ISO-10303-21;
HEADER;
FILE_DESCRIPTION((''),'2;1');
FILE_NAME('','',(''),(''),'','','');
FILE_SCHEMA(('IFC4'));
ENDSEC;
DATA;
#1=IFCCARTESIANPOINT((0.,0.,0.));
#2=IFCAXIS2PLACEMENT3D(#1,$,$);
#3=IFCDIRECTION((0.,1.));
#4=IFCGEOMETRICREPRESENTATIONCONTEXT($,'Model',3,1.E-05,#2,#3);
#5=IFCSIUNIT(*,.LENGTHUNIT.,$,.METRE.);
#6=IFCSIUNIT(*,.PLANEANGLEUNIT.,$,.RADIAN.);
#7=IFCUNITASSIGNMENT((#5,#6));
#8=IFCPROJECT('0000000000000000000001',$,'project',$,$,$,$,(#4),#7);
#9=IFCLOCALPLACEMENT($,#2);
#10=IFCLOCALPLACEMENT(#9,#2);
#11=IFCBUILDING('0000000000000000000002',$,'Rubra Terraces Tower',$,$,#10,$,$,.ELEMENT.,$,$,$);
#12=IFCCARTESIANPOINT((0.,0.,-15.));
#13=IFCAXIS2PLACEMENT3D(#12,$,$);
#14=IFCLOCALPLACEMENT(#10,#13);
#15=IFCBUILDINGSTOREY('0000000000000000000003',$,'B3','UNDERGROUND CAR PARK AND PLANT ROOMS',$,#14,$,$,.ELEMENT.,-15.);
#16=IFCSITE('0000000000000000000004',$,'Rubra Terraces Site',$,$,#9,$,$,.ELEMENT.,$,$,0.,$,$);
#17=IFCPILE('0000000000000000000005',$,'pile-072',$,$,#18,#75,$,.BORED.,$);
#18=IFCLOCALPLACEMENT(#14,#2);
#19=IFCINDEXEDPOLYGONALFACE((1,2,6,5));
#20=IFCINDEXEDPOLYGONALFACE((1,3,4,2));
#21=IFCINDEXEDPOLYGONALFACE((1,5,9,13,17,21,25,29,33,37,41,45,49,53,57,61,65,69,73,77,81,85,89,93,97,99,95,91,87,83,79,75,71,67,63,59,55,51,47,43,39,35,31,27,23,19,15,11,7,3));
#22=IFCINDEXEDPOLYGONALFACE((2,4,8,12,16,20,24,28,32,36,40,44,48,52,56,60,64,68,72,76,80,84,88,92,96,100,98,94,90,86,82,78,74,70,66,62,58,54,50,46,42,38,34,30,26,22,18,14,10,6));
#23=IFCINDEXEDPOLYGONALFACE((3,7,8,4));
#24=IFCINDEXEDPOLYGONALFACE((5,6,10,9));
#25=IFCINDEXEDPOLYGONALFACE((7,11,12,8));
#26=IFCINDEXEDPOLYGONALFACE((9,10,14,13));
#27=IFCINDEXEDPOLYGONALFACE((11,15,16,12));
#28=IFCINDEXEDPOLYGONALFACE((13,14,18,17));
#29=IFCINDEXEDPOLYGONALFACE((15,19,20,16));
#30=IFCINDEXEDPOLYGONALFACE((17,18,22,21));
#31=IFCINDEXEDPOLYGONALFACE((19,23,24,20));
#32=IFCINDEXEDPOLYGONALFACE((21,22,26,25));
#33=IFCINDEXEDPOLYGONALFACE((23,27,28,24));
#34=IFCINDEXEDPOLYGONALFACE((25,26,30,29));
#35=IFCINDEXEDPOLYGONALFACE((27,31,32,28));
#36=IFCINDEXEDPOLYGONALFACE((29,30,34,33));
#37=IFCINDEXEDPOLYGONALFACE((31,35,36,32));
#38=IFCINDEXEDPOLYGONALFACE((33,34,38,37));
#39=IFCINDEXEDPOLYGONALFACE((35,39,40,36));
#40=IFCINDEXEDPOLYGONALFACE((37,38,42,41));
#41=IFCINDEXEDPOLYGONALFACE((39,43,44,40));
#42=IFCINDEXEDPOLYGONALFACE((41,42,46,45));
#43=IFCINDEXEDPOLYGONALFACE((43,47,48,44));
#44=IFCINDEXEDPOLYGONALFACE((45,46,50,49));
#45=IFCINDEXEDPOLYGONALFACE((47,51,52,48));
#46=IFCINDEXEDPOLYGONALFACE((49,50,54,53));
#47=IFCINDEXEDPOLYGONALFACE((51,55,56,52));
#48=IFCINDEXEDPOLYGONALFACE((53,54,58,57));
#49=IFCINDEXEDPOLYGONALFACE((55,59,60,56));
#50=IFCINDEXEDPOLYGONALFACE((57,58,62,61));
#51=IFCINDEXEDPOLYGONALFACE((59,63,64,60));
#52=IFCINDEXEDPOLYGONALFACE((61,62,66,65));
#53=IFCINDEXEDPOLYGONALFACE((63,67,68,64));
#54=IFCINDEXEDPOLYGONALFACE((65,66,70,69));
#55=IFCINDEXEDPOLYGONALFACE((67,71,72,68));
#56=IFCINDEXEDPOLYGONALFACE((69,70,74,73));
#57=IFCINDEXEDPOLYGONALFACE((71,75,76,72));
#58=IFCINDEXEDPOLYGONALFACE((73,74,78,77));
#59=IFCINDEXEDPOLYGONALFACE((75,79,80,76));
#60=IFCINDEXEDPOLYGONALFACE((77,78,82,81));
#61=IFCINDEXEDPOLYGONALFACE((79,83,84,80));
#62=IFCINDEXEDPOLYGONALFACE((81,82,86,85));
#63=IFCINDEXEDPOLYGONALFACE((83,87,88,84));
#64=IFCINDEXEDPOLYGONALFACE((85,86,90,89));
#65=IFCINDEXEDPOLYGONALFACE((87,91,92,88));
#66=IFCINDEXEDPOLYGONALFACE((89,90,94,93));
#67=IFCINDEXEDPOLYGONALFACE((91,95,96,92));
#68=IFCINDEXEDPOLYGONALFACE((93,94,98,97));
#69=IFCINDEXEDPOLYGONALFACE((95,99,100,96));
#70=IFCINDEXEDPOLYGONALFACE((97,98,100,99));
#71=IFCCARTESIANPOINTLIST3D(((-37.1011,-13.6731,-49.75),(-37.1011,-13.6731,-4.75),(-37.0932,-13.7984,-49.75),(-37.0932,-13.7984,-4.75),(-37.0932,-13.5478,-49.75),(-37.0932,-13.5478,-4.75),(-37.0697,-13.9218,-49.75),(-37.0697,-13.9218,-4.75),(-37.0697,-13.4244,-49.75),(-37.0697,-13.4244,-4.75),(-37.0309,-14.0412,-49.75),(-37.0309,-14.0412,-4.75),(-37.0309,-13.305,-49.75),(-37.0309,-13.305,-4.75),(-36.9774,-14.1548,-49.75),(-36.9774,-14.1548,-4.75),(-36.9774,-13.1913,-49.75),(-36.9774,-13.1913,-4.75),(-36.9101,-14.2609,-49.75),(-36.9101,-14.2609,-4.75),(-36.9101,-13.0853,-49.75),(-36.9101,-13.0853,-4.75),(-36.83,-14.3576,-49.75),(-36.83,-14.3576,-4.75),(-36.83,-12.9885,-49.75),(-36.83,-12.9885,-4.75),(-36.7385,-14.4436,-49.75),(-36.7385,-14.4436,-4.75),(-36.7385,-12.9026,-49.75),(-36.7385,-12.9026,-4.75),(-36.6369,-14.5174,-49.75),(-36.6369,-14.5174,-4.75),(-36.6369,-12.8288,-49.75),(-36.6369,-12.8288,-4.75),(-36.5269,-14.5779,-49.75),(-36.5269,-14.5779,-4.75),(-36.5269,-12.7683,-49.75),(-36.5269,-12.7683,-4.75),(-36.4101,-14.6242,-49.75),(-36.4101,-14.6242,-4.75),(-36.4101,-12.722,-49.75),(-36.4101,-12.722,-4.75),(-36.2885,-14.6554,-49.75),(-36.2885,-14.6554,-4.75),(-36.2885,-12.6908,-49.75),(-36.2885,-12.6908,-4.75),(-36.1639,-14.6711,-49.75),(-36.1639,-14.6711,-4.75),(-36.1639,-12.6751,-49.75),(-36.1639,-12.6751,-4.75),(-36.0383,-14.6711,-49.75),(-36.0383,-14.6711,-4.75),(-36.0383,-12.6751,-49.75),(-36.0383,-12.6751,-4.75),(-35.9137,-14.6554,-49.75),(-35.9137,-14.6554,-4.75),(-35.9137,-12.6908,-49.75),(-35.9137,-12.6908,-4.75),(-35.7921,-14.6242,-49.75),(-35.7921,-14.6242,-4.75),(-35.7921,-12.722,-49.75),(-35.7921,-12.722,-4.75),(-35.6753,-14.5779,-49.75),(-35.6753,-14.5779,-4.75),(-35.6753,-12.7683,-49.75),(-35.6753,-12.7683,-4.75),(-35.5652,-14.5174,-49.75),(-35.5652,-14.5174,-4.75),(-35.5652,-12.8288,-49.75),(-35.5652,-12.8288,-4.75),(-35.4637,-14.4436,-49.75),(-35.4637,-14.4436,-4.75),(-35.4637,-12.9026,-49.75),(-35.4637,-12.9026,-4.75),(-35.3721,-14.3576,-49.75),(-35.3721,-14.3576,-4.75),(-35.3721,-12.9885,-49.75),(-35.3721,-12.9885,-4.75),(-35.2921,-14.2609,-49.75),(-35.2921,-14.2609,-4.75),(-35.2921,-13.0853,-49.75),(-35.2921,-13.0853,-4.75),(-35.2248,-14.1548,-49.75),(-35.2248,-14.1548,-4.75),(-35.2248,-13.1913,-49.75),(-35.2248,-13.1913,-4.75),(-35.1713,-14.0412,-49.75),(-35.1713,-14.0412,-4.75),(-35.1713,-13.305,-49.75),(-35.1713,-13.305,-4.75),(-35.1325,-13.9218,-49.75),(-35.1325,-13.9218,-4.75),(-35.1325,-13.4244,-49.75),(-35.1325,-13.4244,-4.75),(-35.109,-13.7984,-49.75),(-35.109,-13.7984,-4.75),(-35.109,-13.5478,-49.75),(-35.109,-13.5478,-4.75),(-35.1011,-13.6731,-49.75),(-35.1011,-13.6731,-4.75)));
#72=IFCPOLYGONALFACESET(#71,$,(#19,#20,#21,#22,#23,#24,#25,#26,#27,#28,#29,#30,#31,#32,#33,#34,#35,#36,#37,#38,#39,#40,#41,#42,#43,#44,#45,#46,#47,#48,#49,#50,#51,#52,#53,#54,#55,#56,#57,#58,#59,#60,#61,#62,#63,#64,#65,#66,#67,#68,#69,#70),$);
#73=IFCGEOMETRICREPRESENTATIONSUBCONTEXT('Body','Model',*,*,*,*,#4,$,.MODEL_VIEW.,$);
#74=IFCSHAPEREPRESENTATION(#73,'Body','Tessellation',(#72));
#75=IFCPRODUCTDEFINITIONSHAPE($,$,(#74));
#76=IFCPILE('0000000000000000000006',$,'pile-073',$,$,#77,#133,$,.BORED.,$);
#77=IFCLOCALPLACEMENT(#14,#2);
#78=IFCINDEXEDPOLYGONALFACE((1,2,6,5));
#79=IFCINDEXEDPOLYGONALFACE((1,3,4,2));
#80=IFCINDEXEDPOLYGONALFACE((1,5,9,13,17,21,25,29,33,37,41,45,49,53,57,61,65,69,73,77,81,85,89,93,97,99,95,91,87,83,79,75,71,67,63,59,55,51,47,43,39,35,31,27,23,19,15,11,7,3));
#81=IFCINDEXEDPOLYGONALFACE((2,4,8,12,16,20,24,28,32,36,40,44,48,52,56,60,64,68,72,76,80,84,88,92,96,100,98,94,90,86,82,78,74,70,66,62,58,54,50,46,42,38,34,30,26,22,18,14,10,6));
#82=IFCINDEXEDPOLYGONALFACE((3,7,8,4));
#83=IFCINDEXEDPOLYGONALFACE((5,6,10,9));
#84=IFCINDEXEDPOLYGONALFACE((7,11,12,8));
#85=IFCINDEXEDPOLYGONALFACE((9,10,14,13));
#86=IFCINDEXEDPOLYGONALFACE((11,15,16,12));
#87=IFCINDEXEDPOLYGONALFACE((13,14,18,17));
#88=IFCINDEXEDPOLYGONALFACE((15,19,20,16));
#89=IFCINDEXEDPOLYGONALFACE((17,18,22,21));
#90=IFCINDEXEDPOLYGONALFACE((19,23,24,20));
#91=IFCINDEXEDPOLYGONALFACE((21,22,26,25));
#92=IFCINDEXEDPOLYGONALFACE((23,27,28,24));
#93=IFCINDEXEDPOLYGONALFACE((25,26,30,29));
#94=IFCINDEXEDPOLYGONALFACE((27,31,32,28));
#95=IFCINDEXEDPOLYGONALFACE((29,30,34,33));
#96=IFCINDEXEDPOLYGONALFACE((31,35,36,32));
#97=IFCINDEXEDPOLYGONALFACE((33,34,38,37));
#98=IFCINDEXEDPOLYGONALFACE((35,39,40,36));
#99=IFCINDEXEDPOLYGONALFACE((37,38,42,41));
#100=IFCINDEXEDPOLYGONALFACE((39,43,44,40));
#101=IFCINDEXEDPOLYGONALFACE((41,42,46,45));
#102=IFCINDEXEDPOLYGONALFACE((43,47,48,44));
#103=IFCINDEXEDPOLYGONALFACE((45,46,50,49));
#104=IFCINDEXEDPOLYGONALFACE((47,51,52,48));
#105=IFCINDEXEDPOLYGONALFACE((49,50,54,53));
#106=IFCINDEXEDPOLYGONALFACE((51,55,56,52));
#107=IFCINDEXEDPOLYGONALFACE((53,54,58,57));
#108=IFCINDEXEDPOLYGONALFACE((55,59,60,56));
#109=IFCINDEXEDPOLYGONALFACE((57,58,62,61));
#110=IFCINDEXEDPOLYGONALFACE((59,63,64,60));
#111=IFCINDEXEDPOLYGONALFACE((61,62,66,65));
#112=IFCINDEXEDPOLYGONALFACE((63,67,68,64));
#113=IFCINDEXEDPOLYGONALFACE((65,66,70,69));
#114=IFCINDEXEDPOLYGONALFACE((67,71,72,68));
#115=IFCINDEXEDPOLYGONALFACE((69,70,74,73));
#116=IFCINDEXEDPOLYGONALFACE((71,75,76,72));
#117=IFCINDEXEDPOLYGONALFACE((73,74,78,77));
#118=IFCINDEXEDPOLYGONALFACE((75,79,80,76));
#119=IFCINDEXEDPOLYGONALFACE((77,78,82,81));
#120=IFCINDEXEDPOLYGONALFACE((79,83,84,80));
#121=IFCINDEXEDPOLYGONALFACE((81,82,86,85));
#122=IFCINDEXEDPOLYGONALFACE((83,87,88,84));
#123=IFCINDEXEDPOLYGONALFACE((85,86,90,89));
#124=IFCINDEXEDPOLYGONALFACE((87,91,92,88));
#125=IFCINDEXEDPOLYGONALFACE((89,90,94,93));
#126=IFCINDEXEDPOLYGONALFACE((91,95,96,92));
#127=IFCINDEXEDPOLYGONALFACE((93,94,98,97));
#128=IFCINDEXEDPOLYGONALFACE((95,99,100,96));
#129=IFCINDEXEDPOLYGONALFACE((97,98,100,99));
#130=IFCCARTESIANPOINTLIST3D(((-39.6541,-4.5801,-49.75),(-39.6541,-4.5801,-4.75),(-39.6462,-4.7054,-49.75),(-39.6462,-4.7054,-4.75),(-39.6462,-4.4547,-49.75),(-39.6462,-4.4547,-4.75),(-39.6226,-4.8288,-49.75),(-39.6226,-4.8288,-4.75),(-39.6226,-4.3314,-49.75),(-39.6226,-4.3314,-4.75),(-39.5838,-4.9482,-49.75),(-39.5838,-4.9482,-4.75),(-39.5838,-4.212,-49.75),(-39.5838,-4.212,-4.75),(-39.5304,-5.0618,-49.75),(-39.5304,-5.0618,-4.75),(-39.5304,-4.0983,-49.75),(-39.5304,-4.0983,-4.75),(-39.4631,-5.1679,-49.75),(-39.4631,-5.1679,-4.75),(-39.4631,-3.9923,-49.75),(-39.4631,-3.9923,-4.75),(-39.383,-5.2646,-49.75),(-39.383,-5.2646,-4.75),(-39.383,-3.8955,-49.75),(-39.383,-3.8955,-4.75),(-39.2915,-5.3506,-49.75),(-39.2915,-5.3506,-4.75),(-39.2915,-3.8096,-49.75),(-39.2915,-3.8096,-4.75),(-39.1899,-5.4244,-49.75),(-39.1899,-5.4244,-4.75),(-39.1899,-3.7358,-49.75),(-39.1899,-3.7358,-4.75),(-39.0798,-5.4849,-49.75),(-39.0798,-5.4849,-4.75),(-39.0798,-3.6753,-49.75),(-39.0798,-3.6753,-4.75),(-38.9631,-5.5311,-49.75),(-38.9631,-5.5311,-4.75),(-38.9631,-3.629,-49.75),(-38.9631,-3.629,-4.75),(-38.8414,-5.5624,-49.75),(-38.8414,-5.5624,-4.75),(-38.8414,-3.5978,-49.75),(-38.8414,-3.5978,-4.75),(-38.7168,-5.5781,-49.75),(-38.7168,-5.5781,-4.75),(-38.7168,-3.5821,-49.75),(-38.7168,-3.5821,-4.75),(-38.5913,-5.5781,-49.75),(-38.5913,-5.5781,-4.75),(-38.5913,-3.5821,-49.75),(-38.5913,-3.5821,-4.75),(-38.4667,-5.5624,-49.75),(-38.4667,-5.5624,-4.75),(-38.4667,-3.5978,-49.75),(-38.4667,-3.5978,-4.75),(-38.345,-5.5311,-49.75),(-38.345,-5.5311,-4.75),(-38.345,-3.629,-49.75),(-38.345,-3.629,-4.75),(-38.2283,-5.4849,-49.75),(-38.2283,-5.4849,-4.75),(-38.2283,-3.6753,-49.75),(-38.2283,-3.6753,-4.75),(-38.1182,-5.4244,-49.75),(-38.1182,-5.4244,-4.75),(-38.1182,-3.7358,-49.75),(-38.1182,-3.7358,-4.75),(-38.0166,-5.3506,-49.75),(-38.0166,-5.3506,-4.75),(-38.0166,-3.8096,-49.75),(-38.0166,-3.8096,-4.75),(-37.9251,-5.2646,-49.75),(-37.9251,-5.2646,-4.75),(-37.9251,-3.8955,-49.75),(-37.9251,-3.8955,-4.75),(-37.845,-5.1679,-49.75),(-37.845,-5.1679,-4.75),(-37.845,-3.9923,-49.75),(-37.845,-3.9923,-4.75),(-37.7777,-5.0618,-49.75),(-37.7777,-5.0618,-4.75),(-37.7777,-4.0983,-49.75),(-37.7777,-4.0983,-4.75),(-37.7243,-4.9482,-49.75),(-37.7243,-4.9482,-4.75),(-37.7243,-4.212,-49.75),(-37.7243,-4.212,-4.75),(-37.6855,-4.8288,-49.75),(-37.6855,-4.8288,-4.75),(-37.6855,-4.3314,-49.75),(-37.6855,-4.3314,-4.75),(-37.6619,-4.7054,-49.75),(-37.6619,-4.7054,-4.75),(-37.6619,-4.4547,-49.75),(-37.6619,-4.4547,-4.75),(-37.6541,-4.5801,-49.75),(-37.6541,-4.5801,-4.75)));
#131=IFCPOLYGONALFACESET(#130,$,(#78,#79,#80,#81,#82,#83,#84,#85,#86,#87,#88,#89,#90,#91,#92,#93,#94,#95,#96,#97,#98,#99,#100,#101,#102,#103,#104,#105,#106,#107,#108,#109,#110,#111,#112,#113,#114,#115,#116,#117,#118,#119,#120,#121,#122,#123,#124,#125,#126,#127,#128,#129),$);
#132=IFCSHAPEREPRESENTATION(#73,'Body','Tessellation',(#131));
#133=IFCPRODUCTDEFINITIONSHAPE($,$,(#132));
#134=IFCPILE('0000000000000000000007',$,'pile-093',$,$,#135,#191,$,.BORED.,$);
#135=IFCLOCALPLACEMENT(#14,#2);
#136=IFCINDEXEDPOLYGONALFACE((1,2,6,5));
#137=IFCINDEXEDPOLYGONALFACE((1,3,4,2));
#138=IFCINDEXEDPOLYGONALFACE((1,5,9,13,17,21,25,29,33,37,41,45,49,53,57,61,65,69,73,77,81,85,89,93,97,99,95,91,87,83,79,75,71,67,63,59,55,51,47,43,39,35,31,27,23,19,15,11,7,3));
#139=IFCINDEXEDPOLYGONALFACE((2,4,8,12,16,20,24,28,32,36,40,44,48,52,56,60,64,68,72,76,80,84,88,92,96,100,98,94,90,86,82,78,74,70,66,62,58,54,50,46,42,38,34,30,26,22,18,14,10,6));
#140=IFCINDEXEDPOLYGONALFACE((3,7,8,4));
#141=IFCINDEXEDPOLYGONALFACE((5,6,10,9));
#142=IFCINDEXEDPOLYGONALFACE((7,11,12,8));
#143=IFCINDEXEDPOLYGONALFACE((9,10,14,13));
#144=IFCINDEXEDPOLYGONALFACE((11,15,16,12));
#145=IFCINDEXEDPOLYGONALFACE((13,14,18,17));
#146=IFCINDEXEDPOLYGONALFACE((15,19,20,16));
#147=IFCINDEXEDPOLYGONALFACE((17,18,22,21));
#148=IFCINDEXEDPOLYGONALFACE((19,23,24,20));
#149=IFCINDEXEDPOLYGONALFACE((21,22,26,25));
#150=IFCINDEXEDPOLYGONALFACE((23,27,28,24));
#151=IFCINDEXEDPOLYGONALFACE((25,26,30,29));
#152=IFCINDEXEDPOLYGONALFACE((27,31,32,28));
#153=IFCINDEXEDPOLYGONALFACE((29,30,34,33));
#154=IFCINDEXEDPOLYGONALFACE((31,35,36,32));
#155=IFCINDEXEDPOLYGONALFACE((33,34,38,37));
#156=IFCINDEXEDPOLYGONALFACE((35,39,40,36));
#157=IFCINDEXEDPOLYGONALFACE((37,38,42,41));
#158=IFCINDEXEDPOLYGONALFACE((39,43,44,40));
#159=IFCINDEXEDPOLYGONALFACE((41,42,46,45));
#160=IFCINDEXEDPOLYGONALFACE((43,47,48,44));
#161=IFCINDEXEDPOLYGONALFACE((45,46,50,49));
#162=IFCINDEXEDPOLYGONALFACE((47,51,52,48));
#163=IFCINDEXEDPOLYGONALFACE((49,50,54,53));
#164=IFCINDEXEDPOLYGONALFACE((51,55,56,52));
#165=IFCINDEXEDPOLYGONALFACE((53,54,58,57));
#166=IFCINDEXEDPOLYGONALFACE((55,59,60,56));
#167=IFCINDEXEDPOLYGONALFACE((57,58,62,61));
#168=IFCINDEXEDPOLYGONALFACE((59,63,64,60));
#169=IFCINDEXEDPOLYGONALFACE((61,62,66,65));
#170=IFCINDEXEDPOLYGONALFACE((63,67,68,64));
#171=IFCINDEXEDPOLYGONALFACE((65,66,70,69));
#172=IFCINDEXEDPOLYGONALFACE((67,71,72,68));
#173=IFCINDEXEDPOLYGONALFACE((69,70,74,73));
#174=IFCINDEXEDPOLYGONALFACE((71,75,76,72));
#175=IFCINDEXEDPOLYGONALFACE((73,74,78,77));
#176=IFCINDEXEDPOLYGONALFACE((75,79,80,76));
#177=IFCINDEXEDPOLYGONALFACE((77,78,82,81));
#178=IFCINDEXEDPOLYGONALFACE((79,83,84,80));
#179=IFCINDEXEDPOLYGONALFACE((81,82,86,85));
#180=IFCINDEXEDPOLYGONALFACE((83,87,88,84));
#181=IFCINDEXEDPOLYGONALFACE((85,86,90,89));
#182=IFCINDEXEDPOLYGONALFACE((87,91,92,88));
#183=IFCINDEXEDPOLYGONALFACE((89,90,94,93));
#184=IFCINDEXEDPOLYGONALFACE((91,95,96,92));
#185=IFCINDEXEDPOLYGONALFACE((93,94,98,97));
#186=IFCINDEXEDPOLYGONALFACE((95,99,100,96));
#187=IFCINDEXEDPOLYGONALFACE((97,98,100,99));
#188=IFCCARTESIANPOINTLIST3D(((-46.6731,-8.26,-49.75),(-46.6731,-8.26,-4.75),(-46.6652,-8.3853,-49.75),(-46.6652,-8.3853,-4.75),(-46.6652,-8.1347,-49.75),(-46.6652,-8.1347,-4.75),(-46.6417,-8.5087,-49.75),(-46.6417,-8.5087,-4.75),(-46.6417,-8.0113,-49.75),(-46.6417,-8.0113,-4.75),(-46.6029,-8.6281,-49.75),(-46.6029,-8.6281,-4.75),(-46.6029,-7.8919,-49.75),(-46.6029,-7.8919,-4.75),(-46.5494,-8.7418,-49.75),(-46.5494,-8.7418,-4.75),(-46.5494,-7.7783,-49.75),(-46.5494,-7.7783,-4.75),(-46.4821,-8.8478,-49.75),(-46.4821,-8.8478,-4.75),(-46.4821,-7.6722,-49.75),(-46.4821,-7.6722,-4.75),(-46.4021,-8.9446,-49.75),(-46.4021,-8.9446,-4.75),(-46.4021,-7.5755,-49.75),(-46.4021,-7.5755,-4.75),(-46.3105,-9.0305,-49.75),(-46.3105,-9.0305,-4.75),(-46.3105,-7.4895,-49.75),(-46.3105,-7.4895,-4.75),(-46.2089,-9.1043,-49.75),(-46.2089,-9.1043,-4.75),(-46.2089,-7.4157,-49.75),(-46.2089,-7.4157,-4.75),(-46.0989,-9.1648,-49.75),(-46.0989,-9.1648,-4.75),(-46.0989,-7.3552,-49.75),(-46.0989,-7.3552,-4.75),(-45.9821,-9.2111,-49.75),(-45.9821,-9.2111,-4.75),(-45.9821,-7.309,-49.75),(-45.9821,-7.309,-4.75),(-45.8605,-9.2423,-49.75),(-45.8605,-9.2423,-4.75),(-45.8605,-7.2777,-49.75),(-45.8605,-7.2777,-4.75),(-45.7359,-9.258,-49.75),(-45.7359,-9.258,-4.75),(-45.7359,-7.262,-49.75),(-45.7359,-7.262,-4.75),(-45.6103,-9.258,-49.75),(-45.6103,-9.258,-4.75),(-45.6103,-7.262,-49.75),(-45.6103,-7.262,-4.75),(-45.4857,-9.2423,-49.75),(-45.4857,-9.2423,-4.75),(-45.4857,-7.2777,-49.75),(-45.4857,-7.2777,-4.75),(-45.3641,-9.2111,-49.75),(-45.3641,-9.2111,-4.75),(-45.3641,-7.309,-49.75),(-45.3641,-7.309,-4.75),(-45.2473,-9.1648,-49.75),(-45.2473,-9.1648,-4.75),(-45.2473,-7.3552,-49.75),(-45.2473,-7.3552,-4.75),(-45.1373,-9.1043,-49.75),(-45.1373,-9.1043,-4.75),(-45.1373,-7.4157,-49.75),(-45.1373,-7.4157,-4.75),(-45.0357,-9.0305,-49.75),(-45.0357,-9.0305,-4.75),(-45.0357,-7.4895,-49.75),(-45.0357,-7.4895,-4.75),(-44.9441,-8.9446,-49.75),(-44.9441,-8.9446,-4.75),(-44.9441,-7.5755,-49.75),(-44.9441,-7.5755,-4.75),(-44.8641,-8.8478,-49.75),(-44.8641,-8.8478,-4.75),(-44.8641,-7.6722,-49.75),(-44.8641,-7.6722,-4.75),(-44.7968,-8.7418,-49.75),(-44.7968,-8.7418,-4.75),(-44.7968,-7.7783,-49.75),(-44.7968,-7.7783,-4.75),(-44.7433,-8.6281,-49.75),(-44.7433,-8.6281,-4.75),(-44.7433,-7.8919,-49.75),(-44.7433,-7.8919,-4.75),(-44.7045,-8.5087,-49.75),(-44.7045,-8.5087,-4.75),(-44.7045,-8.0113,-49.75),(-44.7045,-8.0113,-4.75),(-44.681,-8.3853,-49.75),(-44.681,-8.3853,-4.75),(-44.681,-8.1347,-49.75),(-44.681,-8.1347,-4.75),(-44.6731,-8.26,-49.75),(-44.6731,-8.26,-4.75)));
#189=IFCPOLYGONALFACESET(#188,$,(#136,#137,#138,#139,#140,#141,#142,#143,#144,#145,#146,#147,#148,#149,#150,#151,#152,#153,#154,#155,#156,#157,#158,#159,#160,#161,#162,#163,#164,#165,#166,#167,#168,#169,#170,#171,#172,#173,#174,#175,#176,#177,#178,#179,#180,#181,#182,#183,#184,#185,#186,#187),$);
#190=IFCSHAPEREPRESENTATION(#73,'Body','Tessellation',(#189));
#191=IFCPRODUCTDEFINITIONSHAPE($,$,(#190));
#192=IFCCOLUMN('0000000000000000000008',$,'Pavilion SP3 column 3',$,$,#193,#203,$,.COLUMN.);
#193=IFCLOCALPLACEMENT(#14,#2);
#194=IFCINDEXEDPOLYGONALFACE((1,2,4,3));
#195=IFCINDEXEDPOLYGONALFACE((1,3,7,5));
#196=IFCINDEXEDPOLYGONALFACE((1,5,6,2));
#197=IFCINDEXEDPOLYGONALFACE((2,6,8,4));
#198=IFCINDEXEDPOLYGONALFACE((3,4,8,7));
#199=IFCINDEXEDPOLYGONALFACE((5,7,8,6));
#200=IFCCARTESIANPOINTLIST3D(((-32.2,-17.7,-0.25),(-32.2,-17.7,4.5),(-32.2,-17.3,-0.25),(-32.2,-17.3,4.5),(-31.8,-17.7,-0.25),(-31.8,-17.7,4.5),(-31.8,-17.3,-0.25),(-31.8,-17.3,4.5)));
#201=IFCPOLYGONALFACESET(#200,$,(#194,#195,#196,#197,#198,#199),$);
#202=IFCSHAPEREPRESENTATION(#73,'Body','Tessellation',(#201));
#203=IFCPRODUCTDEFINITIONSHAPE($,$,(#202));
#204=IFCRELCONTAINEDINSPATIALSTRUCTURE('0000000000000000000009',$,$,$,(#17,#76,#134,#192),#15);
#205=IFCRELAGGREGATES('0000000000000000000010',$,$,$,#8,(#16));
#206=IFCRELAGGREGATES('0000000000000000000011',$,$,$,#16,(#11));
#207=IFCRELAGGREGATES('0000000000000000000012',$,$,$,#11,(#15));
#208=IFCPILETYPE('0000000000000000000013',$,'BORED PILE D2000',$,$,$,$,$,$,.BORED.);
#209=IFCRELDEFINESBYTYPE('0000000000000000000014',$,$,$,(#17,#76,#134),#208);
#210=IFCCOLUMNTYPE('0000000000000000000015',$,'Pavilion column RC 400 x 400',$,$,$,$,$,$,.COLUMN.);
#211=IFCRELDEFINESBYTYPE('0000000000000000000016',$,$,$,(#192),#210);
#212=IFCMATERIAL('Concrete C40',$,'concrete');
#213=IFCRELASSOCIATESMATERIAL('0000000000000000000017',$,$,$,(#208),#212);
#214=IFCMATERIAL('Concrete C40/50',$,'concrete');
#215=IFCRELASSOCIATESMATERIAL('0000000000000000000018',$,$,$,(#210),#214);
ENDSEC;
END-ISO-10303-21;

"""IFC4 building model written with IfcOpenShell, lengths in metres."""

from ifc_helpers import new_model, si_unit, direction, frame, origin, origin_2d, place, context, subcontext, project, spatial, rectangle, circle, extrude, material, material_profile, profile_set, type_object, element, save


model = new_model("IFC4")

# Units and contexts
model_context = context("Model", 3, precision=1e-05, world=origin(), true_north=direction((0.0, 1.0)))
body_context = subcontext(model_context, "Body", "Model", "MODEL_VIEW")
ifc_project = project(units=[si_unit("LENGTHUNIT", "METRE"), si_unit("PLANEANGLEUNIT", "RADIAN")], contexts=[model_context])

# Site, building, storey
site_placement = place(None, origin())
site = spatial("IfcSite", under=ifc_project, at=site_placement, Name="Rubra Terraces Site", CompositionType="ELEMENT", RefElevation=0.0)
building_placement = place(site_placement, origin())
building = spatial("IfcBuilding", under=site, at=building_placement, Name="Rubra Terraces Tower", CompositionType="ELEMENT")
storey_placement = place(building_placement, frame((0.0, 0.0, -15.0)))
storey = spatial("IfcBuildingStorey", under=building, at=storey_placement, Name="B3", Description="UNDERGROUND CAR PARK AND PLANT ROOMS", CompositionType="ELEMENT", Elevation=-15.0)

# Piles
ifc_material_1 = material(Name="Concrete C40", Category="concrete")
ifc_material_profile_1 = material_profile(ifc_material_1, circle(Radius=1.0, at=origin_2d()), Name="BORED PILE D2000")
ifc_profile_set_1 = profile_set([ifc_material_profile_1], Name="Concrete C40")
pile_type = type_object("IfcPileType", Name="BORED PILE D2000", PredefinedType="BORED", material=ifc_profile_set_1)
for number, where, z_axis, x_axis, name in (
    (1, (-36.1011, -13.6731, -4.75), (0.0, 0.0, -1.0), (1.0, 0.0, 0.0), "pile-072"),
    (2, (-38.6541, -4.5801, -4.75), (0.0, 0.0, -1.0), (1.0, 0.0, 0.0), "pile-073"),
    (3, (-45.6731, -8.26, -4.75), (0.0, 0.0, -1.0), (1.0, 0.0, 0.0), "pile-093"),
):
    element("IfcPile", number, at=place(storey_placement, frame(where, z_axis=z_axis, x_axis=x_axis)), inside=storey, type_object=pile_type, Name=name, PredefinedType="BORED", context=body_context, shape_type="SweptSolid", body=[
        extrude(circle(Radius=1.0, at=origin_2d()), origin(), (0.0, 0.0, 1.0), 45.0),
    ])

# Column
ifc_material_2 = material(Name="Concrete C40/50", Category="concrete")
ifc_material_profile_2 = material_profile(ifc_material_2, rectangle(XDim=0.3999, YDim=0.3999, at=origin_2d()), Name="RC 400x400")
ifc_profile_set_2 = profile_set([ifc_material_profile_2], Name="Concrete C40/50")
column_type_1 = type_object("IfcColumnType", Name="Pavilion column RC 400 x 400", PredefinedType="COLUMN", material=ifc_profile_set_2)
for number, where, z_axis, x_axis, name in (
    (4, (-32.0, -17.5, -0.25), (0.0, 0.0, 1.0), (1.0, 0.0, 0.0), "Pavilion SP3 column 3"),
):
    element("IfcColumn", number, at=place(storey_placement, frame(where, z_axis=z_axis, x_axis=x_axis)), inside=storey, type_object=column_type_1, Name=name, PredefinedType="COLUMN", context=body_context, shape_type="SweptSolid", body=[
        extrude(rectangle(XDim=0.3999, YDim=0.3999, at=origin_2d()), origin(), (0.0, 0.0, 1.0), 4.75),
    ])

save(model, "model.ifc")
